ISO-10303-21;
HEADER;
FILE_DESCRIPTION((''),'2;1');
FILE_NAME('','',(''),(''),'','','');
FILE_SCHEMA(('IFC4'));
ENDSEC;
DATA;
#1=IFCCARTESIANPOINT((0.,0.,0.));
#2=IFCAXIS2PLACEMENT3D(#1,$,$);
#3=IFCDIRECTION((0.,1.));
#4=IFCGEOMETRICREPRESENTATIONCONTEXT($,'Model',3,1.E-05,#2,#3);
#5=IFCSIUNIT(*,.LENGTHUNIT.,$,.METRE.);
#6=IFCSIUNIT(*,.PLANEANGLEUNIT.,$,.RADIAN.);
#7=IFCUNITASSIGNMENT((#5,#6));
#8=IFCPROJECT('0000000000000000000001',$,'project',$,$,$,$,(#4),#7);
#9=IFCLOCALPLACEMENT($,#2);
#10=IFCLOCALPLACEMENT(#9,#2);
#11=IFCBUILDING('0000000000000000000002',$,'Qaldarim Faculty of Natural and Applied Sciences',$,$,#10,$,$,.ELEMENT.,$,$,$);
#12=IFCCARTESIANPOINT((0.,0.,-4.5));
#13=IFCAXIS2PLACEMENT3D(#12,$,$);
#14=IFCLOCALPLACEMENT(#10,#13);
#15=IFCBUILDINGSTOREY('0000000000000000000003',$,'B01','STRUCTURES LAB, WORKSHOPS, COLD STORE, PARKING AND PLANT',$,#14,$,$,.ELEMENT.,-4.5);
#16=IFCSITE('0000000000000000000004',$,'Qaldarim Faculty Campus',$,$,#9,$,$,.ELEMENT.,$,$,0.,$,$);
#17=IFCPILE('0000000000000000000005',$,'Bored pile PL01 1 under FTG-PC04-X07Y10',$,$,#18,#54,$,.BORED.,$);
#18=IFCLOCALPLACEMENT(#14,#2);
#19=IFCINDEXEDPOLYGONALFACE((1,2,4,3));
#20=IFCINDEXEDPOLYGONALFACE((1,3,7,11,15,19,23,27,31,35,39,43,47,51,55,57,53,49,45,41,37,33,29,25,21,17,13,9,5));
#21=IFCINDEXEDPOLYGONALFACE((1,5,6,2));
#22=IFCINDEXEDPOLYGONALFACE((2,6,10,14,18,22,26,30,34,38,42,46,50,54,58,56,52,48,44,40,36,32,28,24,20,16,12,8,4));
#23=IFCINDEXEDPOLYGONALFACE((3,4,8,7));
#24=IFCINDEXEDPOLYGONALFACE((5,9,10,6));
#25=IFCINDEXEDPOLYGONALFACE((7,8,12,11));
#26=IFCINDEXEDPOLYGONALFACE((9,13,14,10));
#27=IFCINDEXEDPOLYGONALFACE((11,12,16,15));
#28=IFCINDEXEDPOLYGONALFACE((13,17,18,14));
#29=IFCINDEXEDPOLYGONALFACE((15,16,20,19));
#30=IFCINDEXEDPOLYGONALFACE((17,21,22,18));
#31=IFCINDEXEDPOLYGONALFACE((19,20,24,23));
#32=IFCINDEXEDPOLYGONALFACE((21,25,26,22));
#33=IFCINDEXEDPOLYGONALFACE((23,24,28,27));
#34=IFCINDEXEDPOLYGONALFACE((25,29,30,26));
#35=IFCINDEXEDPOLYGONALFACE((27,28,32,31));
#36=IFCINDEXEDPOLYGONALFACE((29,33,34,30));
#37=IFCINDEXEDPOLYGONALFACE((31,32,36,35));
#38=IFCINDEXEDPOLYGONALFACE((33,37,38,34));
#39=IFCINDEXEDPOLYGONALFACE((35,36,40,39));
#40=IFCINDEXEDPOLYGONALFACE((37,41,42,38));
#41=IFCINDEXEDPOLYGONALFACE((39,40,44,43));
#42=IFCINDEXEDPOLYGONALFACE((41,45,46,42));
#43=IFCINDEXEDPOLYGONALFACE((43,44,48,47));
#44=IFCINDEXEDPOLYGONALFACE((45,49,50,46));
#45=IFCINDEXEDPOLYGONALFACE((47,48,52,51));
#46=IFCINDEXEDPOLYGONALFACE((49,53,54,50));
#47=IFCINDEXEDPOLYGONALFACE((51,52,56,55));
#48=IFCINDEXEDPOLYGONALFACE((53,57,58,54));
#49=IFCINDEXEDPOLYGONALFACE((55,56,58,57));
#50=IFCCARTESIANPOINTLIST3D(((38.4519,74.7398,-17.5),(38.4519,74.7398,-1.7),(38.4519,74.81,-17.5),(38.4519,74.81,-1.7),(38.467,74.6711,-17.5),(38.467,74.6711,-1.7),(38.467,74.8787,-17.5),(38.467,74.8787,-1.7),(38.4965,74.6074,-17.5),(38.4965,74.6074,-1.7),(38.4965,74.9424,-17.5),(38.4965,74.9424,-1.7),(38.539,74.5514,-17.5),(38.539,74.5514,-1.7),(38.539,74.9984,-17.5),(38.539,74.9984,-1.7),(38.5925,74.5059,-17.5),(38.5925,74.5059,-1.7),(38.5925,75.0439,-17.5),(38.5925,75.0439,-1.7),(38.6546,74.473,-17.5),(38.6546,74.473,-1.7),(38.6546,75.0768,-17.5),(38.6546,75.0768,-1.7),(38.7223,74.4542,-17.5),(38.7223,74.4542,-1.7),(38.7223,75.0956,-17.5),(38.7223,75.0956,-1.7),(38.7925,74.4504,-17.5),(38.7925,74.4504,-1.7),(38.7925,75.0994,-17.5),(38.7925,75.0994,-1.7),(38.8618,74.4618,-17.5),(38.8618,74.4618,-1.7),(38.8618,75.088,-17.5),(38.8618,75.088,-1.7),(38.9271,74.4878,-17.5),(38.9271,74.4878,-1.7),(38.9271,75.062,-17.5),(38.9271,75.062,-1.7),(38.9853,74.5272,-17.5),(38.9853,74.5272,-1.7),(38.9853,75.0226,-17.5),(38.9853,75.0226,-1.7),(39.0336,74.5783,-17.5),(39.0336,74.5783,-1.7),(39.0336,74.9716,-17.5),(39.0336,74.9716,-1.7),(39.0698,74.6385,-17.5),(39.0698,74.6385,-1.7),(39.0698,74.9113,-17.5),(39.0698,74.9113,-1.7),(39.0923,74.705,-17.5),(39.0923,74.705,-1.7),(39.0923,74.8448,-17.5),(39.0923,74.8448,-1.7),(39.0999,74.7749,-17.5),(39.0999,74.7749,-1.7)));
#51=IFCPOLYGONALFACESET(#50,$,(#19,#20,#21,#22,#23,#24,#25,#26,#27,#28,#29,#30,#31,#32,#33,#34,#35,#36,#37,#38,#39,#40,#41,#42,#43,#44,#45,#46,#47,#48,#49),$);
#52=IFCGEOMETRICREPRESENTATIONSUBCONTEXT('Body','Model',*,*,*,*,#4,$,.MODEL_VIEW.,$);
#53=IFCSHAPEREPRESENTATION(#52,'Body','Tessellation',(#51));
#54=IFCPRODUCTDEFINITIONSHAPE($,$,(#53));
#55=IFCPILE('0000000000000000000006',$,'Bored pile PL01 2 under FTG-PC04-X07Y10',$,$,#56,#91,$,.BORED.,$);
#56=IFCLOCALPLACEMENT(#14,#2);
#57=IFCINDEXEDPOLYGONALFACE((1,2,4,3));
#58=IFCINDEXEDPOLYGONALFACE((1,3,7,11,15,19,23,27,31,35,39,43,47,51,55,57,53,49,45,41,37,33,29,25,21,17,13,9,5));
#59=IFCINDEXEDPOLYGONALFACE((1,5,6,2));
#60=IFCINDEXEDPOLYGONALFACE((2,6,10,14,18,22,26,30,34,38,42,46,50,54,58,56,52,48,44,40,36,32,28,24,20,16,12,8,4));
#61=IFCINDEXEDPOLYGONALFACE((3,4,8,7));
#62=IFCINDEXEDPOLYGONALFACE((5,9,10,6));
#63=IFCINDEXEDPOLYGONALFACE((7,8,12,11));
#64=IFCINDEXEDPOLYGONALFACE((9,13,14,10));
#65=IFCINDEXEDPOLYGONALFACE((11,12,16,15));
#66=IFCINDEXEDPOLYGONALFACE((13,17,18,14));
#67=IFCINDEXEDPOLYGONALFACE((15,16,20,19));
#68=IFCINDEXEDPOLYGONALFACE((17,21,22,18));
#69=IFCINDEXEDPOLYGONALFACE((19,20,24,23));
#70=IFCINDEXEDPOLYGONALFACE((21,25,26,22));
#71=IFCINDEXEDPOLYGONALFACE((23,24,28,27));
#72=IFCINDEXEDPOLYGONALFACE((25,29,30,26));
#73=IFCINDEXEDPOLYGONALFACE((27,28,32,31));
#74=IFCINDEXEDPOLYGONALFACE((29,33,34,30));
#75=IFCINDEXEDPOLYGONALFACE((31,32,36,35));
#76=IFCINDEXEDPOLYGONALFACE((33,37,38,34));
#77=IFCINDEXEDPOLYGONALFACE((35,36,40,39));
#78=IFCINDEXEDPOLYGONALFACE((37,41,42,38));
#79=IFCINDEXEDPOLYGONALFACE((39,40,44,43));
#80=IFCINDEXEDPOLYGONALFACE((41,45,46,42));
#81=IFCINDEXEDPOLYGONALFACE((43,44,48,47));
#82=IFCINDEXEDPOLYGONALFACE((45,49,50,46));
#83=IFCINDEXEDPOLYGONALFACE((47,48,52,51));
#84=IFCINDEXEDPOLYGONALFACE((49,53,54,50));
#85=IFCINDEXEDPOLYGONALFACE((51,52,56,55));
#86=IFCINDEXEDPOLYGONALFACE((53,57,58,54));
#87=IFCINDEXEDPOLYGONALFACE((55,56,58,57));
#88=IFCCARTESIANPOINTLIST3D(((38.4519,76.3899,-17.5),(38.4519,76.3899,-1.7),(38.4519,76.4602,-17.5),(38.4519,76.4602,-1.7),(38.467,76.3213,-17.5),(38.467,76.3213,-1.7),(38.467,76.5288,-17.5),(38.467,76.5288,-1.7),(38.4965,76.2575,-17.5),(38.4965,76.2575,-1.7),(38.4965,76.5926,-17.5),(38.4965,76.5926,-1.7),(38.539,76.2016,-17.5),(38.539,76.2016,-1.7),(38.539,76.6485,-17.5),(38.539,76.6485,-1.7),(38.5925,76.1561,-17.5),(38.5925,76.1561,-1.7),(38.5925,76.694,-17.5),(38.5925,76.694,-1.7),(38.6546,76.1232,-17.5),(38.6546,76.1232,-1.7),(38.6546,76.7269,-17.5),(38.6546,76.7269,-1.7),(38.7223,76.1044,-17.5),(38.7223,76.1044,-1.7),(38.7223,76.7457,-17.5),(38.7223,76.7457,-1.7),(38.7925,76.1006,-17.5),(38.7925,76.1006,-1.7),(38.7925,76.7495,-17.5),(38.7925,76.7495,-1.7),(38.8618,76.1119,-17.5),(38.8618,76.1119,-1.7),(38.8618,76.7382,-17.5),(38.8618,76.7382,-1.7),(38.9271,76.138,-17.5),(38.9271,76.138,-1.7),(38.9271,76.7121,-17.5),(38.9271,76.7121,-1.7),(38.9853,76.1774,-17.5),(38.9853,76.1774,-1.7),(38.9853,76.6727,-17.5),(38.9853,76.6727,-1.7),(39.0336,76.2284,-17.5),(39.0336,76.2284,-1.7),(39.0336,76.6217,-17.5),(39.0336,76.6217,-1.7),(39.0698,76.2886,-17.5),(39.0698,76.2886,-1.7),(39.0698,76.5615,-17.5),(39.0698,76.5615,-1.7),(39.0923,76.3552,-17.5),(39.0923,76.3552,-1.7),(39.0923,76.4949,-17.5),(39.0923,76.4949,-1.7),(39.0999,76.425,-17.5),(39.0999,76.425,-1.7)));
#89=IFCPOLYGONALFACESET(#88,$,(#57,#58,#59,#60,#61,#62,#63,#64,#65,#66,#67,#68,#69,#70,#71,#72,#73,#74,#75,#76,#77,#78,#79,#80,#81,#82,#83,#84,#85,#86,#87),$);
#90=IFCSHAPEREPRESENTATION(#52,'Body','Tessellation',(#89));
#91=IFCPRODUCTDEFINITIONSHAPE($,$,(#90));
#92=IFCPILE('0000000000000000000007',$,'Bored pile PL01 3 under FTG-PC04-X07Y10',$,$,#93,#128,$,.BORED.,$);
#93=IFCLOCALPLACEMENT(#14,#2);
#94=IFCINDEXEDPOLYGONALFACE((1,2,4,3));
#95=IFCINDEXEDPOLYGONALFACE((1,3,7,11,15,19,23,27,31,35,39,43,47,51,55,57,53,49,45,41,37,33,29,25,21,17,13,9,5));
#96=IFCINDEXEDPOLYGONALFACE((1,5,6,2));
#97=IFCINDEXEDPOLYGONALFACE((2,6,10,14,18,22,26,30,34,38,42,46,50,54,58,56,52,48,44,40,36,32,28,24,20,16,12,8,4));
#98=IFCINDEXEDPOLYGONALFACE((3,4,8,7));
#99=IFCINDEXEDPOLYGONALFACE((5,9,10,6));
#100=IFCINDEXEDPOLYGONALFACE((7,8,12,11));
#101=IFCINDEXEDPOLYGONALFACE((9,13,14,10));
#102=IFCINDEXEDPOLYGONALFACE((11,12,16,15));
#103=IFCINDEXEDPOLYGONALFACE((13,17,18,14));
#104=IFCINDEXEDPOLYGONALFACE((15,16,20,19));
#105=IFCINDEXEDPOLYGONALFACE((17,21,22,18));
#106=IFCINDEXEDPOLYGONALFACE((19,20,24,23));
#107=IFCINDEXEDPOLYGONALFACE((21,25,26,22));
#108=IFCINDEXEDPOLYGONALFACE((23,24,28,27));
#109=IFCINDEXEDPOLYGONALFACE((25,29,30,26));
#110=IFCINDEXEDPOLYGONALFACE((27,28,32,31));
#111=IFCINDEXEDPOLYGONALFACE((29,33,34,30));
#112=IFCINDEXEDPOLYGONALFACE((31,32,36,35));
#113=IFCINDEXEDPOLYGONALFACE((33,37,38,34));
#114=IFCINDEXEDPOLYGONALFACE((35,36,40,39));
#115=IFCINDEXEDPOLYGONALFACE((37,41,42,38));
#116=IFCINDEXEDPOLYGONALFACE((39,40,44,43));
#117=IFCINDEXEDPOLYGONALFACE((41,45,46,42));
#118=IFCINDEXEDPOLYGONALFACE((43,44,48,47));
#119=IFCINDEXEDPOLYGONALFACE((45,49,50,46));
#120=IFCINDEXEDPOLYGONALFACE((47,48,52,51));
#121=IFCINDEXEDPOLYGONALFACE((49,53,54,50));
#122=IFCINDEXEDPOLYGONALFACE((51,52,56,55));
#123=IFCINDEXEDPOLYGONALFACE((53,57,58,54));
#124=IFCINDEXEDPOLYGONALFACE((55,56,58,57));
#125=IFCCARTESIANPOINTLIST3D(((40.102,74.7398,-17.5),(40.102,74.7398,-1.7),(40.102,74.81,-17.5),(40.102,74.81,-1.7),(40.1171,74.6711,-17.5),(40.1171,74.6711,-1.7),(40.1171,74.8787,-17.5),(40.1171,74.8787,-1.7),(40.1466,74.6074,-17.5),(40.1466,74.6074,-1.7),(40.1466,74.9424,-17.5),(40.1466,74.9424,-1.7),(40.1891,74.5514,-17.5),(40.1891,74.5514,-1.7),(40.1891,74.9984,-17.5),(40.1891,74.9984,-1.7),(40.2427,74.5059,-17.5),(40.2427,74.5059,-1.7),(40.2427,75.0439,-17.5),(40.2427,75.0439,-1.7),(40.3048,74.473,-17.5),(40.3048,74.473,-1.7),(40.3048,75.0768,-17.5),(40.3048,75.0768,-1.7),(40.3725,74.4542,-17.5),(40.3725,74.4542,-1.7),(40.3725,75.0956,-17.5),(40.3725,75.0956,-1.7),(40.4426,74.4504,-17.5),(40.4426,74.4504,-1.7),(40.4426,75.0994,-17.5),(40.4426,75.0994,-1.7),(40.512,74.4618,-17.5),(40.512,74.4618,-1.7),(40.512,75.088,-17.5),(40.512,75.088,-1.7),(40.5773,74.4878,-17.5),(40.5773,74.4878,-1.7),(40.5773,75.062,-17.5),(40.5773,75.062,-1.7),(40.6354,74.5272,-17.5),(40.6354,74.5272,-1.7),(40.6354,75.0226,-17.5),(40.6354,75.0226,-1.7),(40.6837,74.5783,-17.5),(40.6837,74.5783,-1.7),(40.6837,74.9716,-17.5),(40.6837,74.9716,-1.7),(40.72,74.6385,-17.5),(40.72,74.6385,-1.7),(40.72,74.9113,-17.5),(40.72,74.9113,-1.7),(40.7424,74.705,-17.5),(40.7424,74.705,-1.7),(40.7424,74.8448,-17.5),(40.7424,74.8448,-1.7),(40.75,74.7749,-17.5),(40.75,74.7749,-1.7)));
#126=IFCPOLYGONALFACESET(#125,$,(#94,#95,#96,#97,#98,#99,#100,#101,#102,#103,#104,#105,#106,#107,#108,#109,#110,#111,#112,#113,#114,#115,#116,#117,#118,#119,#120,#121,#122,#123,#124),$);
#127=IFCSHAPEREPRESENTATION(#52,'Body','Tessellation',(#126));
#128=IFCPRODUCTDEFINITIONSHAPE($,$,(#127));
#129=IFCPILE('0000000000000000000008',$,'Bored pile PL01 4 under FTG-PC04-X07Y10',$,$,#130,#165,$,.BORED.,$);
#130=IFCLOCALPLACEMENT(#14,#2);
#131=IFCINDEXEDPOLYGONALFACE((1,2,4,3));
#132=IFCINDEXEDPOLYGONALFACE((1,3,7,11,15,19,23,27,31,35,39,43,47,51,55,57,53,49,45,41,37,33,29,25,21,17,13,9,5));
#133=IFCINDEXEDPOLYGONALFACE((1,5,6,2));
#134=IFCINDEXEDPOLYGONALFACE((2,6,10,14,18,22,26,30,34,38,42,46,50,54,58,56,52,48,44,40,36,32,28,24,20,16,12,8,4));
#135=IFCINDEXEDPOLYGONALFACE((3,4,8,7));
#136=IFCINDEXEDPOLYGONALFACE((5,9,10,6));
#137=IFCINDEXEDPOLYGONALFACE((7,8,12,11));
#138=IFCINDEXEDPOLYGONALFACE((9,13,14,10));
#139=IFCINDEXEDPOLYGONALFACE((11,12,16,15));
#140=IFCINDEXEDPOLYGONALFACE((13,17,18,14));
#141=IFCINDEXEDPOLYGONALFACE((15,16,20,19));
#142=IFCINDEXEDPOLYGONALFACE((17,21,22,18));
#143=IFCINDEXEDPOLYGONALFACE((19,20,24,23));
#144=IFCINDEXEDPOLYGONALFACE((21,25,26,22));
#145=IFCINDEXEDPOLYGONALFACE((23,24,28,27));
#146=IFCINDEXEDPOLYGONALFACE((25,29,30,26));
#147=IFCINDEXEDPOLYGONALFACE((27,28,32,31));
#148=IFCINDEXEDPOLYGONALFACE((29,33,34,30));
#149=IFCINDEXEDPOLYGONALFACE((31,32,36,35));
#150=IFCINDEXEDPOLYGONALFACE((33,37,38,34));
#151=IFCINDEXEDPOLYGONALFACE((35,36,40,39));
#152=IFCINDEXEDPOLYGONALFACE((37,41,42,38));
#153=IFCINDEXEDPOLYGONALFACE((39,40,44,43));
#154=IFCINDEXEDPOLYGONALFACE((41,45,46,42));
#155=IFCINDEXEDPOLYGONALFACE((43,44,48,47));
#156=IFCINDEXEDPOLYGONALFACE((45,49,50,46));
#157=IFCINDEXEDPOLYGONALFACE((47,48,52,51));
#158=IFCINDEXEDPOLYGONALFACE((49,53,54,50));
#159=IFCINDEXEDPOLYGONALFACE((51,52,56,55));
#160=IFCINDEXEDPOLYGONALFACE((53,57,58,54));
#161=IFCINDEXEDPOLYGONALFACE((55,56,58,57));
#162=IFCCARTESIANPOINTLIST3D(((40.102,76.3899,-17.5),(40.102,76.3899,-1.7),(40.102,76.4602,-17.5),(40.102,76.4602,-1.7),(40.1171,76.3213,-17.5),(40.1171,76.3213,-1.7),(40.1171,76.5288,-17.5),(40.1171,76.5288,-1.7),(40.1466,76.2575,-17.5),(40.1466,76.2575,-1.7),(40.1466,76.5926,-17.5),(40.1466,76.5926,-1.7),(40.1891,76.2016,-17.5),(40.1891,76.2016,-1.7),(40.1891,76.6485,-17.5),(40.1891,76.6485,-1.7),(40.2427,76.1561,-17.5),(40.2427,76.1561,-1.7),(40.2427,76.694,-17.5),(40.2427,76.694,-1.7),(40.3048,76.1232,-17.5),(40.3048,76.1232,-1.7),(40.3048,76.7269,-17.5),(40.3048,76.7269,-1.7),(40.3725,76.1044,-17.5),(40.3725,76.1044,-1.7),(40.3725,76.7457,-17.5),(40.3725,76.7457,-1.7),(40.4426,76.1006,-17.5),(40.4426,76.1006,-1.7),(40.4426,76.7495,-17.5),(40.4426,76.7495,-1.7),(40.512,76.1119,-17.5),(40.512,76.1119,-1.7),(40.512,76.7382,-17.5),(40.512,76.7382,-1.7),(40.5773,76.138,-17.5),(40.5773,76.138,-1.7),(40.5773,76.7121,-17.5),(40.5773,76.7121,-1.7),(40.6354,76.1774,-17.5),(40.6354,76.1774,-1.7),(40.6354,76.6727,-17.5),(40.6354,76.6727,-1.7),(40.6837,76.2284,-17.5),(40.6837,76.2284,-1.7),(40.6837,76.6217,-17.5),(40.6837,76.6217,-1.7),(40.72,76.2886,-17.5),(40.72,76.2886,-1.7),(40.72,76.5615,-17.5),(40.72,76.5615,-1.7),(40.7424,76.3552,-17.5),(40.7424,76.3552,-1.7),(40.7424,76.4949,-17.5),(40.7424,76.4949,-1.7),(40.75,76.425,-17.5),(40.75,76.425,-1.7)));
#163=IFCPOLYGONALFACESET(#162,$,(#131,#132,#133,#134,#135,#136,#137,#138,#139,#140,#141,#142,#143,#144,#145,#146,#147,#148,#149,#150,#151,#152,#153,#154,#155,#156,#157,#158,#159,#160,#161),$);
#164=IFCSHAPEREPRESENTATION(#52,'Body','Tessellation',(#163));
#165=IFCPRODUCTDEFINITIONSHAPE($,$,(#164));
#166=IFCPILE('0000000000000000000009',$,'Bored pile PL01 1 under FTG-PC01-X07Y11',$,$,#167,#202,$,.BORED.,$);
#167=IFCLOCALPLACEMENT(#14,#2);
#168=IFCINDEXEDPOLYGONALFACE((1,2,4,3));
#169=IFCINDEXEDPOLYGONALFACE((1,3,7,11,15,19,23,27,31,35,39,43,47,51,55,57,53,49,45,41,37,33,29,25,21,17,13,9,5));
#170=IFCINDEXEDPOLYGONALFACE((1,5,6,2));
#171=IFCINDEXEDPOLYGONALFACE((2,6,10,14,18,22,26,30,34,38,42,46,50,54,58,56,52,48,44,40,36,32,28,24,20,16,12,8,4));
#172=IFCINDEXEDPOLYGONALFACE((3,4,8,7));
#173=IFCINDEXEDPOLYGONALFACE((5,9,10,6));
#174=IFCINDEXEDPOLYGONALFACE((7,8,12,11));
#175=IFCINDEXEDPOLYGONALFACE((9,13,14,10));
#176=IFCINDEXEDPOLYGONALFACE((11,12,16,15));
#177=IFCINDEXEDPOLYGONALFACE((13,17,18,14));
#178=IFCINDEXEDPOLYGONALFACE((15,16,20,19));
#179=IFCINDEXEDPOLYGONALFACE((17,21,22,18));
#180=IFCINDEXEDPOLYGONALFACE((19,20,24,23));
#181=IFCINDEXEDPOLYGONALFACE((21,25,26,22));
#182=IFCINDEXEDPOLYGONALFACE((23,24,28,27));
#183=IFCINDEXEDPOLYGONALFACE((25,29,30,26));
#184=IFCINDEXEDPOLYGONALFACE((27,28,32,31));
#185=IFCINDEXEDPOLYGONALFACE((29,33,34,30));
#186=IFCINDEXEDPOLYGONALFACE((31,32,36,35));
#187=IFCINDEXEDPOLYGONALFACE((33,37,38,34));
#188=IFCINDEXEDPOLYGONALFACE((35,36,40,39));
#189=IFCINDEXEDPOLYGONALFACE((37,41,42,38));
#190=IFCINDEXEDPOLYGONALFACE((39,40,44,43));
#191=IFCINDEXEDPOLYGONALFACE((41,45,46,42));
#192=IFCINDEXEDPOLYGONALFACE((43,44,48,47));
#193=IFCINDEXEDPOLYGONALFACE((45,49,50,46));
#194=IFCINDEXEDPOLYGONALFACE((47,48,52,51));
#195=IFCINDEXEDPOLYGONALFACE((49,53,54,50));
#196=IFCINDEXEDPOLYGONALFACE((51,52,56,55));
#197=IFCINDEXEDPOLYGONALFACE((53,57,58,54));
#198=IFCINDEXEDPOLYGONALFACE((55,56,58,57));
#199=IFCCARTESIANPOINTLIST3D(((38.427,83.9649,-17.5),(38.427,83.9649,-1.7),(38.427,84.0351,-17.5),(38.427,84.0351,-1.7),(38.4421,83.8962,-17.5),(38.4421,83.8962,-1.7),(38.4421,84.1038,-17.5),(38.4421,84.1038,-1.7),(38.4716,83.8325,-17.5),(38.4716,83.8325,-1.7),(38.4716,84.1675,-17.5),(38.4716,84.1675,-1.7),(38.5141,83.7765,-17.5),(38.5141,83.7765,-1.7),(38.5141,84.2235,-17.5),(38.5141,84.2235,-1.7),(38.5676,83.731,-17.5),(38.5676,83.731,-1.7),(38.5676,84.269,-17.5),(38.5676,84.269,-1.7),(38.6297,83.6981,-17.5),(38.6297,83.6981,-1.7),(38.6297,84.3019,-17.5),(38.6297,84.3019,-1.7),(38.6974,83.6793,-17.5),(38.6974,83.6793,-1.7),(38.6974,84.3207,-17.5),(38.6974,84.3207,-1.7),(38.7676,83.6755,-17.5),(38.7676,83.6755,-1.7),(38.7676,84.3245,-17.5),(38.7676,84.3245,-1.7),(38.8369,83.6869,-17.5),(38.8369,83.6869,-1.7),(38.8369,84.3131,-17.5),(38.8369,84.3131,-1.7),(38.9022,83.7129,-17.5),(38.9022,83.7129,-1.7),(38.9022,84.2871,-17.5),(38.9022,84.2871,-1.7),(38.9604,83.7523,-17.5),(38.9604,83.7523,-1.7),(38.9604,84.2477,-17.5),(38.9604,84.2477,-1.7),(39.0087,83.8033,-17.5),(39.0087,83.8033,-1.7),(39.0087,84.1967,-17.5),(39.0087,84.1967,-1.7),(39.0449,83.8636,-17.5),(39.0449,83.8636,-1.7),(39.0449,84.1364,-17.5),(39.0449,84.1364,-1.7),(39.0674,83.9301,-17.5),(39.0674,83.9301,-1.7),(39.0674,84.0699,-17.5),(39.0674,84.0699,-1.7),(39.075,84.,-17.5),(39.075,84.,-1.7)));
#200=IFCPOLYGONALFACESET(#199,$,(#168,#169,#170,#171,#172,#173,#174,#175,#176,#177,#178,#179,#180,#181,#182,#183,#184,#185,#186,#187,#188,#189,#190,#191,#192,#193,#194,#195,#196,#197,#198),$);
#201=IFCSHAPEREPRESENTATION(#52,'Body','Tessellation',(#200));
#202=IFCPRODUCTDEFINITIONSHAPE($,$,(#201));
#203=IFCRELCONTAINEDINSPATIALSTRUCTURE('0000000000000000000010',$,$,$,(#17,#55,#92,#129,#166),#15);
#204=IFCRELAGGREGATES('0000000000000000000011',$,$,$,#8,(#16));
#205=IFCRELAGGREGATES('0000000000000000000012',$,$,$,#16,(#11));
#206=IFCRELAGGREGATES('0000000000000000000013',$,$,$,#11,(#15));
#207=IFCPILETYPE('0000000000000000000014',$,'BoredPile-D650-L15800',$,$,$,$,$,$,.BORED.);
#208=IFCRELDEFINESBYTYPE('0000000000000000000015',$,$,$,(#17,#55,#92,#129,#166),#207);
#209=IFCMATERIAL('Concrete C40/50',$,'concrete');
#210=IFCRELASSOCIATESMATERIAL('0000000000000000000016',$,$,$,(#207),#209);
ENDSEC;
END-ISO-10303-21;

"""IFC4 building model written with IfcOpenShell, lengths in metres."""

from ifc_helpers import new_model, si_unit, direction, frame, origin, origin_2d, place, context, subcontext, project, spatial, circle, extrude, material, material_profile, profile_set, type_object, element, save


model = new_model("IFC4")

# Units and contexts
model_context = context("Model", 3, precision=1e-05, world=origin(), true_north=direction((0.0, 1.0)))
body_context = subcontext(model_context, "Body", "Model", "MODEL_VIEW")
ifc_project = project(units=[si_unit("LENGTHUNIT", "METRE"), si_unit("PLANEANGLEUNIT", "RADIAN")], contexts=[model_context])

# Site, building, storey
site_placement = place(None, origin())
site = spatial("IfcSite", under=ifc_project, at=site_placement, Name="Qaldarim Faculty Campus", CompositionType="ELEMENT", RefElevation=0.0)
building_placement = place(site_placement, origin())
building = spatial("IfcBuilding", under=site, at=building_placement, Name="Qaldarim Faculty of Natural and Applied Sciences", CompositionType="ELEMENT")
storey_placement = place(building_placement, frame((0.0, 0.0, -4.5)))
storey = spatial("IfcBuildingStorey", under=building, at=storey_placement, Name="B01", Description="STRUCTURES LAB, WORKSHOPS, COLD STORE, PARKING AND PLANT", CompositionType="ELEMENT", Elevation=-4.5)

# Piles
ifc_material_1 = material(Name="Concrete C40/50", Category="concrete")
ifc_material_profile_1 = material_profile(ifc_material_1, circle(Radius=0.325, at=origin_2d()), Name="PILE-D650")
ifc_profile_set_1 = profile_set([ifc_material_profile_1], Name="Concrete C40/50")
pile_type_1 = type_object("IfcPileType", Name="BoredPile-D650-L15800", PredefinedType="BORED", material=ifc_profile_set_1)
for number, where, z_axis, x_axis, name in (
    (1, (38.7749, 74.7749, -1.7), (0.0, 0.0, -1.0), (1.0, 0.0, 0.0), "Bored pile PL01 1 under FTG-PC04-X07Y10"),
    (2, (38.7749, 76.425, -1.7), (0.0, 0.0, -1.0), (1.0, 0.0, 0.0), "Bored pile PL01 2 under FTG-PC04-X07Y10"),
    (3, (40.425, 74.7749, -1.7), (0.0, 0.0, -1.0), (1.0, 0.0, 0.0), "Bored pile PL01 3 under FTG-PC04-X07Y10"),
    (4, (40.425, 76.425, -1.7), (0.0, 0.0, -1.0), (1.0, 0.0, 0.0), "Bored pile PL01 4 under FTG-PC04-X07Y10"),
    (5, (38.75, 84.0, -1.7), (0.0, 0.0, -1.0), (1.0, 0.0, 0.0), "Bored pile PL01 1 under FTG-PC01-X07Y11"),
):
    element("IfcPile", number, at=place(storey_placement, frame(where, z_axis=z_axis, x_axis=x_axis)), inside=storey, type_object=pile_type_1, Name=name, PredefinedType="BORED", context=body_context, shape_type="SweptSolid", body=[
        extrude(circle(Radius=0.325, at=origin_2d()), origin(), (0.0, 0.0, 1.0), 15.8),
    ])

save(model, "model.ifc")
